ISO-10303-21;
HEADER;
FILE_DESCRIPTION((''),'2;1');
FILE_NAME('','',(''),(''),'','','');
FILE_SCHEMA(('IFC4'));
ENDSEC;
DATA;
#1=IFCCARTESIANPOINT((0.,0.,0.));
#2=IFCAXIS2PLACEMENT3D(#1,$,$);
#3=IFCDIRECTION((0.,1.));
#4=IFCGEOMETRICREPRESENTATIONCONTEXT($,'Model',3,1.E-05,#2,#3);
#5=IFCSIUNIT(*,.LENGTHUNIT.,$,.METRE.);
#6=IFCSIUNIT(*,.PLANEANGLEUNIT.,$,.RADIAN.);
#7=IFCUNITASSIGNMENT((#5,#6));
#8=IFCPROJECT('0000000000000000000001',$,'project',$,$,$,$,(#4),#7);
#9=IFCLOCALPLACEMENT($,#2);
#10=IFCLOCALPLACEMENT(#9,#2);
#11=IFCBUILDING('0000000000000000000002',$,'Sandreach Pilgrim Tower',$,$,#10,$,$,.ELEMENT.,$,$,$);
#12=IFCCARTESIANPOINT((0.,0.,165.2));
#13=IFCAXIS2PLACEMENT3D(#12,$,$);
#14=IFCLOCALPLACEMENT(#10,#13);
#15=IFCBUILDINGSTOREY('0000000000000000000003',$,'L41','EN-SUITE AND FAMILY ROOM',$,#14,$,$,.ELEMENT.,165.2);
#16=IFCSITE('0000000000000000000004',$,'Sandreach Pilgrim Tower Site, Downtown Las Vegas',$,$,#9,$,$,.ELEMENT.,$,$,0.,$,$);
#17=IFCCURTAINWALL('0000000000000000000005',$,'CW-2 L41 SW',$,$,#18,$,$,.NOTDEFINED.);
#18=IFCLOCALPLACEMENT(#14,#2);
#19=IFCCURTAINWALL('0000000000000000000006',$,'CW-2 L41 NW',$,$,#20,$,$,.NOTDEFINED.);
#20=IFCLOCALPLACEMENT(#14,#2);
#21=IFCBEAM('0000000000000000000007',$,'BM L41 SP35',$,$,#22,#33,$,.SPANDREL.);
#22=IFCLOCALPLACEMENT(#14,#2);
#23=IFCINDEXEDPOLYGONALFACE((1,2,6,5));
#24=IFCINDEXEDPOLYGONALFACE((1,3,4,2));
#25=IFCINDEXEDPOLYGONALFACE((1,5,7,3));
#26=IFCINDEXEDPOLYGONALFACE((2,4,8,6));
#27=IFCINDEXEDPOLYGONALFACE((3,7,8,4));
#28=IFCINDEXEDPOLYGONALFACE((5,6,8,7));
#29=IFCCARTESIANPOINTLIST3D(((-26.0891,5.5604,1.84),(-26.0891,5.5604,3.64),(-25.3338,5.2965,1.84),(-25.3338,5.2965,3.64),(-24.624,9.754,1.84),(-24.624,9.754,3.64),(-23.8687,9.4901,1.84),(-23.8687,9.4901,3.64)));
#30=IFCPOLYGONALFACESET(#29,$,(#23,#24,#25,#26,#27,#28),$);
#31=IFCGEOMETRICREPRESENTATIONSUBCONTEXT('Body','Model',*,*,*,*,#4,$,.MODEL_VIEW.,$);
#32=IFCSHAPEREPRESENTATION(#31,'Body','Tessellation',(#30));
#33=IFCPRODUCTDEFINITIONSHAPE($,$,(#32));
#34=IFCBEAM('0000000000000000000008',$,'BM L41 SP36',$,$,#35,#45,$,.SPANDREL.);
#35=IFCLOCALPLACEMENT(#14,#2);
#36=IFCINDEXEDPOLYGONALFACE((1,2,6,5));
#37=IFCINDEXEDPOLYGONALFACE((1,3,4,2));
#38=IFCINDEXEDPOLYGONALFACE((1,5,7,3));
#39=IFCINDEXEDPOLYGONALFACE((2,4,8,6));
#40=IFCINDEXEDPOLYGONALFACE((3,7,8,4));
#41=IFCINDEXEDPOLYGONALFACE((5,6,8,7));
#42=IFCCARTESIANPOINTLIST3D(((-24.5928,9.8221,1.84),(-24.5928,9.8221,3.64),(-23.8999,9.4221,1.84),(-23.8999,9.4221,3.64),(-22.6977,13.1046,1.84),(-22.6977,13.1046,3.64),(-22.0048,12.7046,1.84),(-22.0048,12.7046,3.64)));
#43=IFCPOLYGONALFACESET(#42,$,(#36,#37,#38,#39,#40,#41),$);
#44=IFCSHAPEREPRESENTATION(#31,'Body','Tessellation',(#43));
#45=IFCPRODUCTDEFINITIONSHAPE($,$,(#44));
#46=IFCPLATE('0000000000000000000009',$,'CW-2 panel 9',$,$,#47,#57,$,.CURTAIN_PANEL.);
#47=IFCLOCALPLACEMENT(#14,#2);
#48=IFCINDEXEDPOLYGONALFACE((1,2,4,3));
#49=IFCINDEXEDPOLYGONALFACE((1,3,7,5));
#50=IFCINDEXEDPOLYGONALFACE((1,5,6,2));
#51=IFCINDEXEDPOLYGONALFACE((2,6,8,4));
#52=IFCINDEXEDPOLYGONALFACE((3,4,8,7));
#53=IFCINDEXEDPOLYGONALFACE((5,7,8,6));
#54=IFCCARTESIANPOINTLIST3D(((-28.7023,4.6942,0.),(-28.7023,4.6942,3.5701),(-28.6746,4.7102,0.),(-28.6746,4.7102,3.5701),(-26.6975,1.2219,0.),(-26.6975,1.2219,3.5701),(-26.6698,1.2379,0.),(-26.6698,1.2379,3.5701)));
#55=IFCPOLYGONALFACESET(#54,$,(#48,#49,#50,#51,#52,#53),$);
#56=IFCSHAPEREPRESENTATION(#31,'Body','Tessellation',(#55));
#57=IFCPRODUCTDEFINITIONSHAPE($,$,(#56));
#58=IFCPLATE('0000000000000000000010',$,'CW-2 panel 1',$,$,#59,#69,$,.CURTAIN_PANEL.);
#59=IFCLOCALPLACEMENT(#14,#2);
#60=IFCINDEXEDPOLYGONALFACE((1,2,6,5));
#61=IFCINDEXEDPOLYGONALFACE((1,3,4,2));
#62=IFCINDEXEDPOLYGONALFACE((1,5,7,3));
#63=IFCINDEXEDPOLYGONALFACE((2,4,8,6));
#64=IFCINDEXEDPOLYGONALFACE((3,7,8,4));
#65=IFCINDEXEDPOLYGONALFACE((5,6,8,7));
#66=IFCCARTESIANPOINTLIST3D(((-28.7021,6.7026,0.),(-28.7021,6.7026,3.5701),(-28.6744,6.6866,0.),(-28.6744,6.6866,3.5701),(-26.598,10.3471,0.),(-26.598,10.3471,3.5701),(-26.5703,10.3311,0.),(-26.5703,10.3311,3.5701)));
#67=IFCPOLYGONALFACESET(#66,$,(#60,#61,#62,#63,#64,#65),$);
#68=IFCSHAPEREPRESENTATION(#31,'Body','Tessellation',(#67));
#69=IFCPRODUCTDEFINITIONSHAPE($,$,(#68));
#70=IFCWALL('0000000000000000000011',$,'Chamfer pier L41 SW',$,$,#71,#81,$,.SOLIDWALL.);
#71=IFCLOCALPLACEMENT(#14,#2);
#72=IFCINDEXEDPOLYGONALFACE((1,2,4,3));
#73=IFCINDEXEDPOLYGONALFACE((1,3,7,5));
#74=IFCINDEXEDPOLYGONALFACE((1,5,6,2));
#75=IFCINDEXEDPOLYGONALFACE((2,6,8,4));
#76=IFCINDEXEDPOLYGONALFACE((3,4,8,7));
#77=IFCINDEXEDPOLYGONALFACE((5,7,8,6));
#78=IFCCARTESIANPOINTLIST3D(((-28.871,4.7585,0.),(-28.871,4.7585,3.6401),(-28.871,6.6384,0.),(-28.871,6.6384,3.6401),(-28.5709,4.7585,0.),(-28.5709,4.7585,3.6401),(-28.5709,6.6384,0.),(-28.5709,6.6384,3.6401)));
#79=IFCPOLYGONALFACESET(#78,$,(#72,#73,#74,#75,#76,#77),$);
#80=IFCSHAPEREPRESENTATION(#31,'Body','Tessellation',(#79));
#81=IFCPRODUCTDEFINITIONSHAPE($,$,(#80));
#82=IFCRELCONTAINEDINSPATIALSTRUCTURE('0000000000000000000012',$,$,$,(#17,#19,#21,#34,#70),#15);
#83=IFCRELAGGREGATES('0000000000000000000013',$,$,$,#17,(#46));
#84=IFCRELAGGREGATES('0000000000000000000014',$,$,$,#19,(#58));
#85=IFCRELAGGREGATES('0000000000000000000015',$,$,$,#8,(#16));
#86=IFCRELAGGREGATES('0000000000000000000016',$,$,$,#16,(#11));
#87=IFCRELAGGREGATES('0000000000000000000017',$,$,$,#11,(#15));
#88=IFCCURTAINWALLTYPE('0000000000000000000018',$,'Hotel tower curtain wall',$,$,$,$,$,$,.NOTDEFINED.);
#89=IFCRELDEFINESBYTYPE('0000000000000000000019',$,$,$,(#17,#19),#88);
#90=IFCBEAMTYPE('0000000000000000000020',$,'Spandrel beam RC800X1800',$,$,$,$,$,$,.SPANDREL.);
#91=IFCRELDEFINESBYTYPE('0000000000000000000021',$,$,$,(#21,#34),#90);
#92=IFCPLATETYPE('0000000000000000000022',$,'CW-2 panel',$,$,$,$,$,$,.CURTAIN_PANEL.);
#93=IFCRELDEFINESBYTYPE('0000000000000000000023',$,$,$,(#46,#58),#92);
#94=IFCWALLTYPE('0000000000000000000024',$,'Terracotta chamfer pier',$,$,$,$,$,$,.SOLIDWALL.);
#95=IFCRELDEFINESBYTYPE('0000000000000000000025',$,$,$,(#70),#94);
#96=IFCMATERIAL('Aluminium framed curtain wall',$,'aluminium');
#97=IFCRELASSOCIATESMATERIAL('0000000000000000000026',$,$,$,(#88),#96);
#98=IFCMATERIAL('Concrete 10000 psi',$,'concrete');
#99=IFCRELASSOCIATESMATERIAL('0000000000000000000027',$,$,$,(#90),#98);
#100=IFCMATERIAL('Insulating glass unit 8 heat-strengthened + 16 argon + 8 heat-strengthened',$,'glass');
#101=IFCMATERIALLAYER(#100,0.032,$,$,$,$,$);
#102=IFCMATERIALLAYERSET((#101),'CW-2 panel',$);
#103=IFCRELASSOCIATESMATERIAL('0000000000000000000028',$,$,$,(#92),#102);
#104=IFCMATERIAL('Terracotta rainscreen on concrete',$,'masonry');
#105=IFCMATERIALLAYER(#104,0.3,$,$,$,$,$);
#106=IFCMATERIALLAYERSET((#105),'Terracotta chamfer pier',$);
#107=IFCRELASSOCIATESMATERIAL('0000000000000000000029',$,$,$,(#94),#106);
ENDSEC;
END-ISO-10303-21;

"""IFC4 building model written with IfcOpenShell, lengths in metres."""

from ifc_helpers import new_model, si_unit, direction, frame, frame_2d, origin, origin_2d, place, context, subcontext, project, spatial, rectangle, extrude, material, layer, layer_set, material_profile, profile_set, type_object, element, aggregate, save


model = new_model("IFC4")

# Units and contexts
model_context = context("Model", 3, precision=1e-05, world=origin(), true_north=direction((0.0, 1.0)))
body_context = subcontext(model_context, "Body", "Model", "MODEL_VIEW")
ifc_project = project(units=[si_unit("LENGTHUNIT", "METRE"), si_unit("PLANEANGLEUNIT", "RADIAN")], contexts=[model_context])

# Site, building, storey
site_placement = place(None, origin())
site = spatial("IfcSite", under=ifc_project, at=site_placement, Name="Sandreach Pilgrim Tower Site, Downtown Las Vegas", CompositionType="ELEMENT", RefElevation=0.0)
building_placement = place(site_placement, origin())
building = spatial("IfcBuilding", under=site, at=building_placement, Name="Sandreach Pilgrim Tower", CompositionType="ELEMENT")
storey_placement = place(building_placement, frame((0.0, 0.0, 165.2)))
storey = spatial("IfcBuildingStorey", under=building, at=storey_placement, Name="L41", Description="EN-SUITE AND FAMILY ROOM", CompositionType="ELEMENT", Elevation=165.2)

# Curtain wall
ifc_material_1 = material(Name="Aluminium framed curtain wall", Category="aluminium")
curtain_wall_type = type_object("IfcCurtainWallType", Name="Hotel tower curtain wall", PredefinedType="NOTDEFINED", material=ifc_material_1)
curtain_wall_1_placement = place(storey_placement, origin())
curtain_wall_1 = element("IfcCurtainWall", 1, at=curtain_wall_1_placement, inside=storey, type_object=curtain_wall_type, Name="CW-2 L41 SW", PredefinedType="NOTDEFINED")

# Curtain wall
curtain_wall_2_placement = place(storey_placement, origin())
curtain_wall_2 = element("IfcCurtainWall", 2, at=curtain_wall_2_placement, inside=storey, type_object=curtain_wall_type, Name="CW-2 L41 NW", PredefinedType="NOTDEFINED")

# Beams
ifc_material_2 = material(Name="Concrete 10000 psi", Category="concrete")
ifc_material_profile_1 = material_profile(ifc_material_2, rectangle(XDim=0.8, YDim=1.8, at=origin_2d()), Name="RC800X1800")
ifc_profile_set_1 = profile_set([ifc_material_profile_1], Name="Concrete 10000 psi")
beam_type_1 = type_object("IfcBeamType", Name="Spandrel beam RC800X1800", PredefinedType="SPANDREL", material=ifc_profile_set_1)
beam_1_placement = place(storey_placement, frame((-25.7114, 5.4285, 2.74), z_axis=(0.329814, 0.944046, 0.0), x_axis=(-0.944046, 0.329814, 0.0)))
element("IfcBeam", 3, at=beam_1_placement, inside=storey, type_object=beam_type_1, Name="BM L41 SP35", PredefinedType="SPANDREL", context=body_context, shape_type="SweptSolid", body=[
    extrude(rectangle(XDim=0.8, YDim=1.8, at=origin_2d()), origin(), (0.0, 0.0, 1.0), 4.4421),
])
beam_2_placement = place(storey_placement, frame((-24.2463, 9.6221, 2.74), z_axis=(0.499977, 0.866039, 0.0), x_axis=(-0.866039, 0.499977, 0.0)))
element("IfcBeam", 4, at=beam_2_placement, inside=storey, type_object=beam_type_1, Name="BM L41 SP36", PredefinedType="SPANDREL", context=body_context, shape_type="SweptSolid", body=[
    extrude(rectangle(XDim=0.8, YDim=1.8, at=origin_2d()), origin(), (0.0, 0.0, 1.0), 3.7903),
])

# Plates
ifc_material_3 = material(Name="Insulating glass unit 8 heat-strengthened + 16 argon + 8 heat-strengthened", Category="glass")
ifc_layer_1 = layer(ifc_material_3, 0.032)
ifc_layer_set_1 = layer_set([ifc_layer_1], Name="CW-2 panel")
plate_type = type_object("IfcPlateType", Name="CW-2 panel", PredefinedType="CURTAIN_PANEL", material=ifc_layer_set_1)
plate_1_placement = place(storey_placement, frame((-27.686, 2.9661, 0.0), z_axis=(0.0, 0.0, 1.0), x_axis=(-0.5, 0.866025, 0.0)))
plate_1 = element("IfcPlate", 5, at=plate_1_placement, type_object=plate_type, Name="CW-2 panel 9", PredefinedType="CURTAIN_PANEL", context=body_context, shape_type="SweptSolid", body=[
    extrude(rectangle(XDim=4.0095, YDim=0.032, at=origin_2d()), origin(), (0.0, 0.0, 1.0), 3.5701),
])
aggregate(curtain_wall_1, [plate_1])
plate_2_placement = place(storey_placement, frame((-27.6362, 8.5168, 0.0), z_axis=(0.0, 0.0, 1.0), x_axis=(0.5, 0.866025, 0.0)))
plate_2 = element("IfcPlate", 6, at=plate_2_placement, type_object=plate_type, Name="CW-2 panel 1", PredefinedType="CURTAIN_PANEL", context=body_context, shape_type="SweptSolid", body=[
    extrude(rectangle(XDim=4.2083, YDim=0.032, at=origin_2d()), origin(), (0.0, 0.0, 1.0), 3.5701),
])
aggregate(curtain_wall_2, [plate_2])

# Wall
ifc_material_4 = material(Name="Terracotta rainscreen on concrete", Category="masonry")
ifc_layer_2 = layer(ifc_material_4, 0.3)
ifc_layer_set_2 = layer_set([ifc_layer_2], Name="Terracotta chamfer pier")
wall_type = type_object("IfcWallType", Name="Terracotta chamfer pier", PredefinedType="SOLIDWALL", material=ifc_layer_set_2)
wall_placement = place(storey_placement, frame((-28.7209, 4.7585, 0.0), z_axis=(0.0, 0.0, 1.0), x_axis=(0.0, 1.0, 0.0)))
element("IfcWall", 7, at=wall_placement, inside=storey, type_object=wall_type, Name="Chamfer pier L41 SW", PredefinedType="SOLIDWALL", context=body_context, shape_type="SweptSolid", body=[
    extrude(rectangle(XDim=1.8799, YDim=0.3, at=frame_2d((0.9399, 0.0))), origin(), (0.0, 0.0, 1.0), 3.6401),
])

save(model, "model.ifc")
